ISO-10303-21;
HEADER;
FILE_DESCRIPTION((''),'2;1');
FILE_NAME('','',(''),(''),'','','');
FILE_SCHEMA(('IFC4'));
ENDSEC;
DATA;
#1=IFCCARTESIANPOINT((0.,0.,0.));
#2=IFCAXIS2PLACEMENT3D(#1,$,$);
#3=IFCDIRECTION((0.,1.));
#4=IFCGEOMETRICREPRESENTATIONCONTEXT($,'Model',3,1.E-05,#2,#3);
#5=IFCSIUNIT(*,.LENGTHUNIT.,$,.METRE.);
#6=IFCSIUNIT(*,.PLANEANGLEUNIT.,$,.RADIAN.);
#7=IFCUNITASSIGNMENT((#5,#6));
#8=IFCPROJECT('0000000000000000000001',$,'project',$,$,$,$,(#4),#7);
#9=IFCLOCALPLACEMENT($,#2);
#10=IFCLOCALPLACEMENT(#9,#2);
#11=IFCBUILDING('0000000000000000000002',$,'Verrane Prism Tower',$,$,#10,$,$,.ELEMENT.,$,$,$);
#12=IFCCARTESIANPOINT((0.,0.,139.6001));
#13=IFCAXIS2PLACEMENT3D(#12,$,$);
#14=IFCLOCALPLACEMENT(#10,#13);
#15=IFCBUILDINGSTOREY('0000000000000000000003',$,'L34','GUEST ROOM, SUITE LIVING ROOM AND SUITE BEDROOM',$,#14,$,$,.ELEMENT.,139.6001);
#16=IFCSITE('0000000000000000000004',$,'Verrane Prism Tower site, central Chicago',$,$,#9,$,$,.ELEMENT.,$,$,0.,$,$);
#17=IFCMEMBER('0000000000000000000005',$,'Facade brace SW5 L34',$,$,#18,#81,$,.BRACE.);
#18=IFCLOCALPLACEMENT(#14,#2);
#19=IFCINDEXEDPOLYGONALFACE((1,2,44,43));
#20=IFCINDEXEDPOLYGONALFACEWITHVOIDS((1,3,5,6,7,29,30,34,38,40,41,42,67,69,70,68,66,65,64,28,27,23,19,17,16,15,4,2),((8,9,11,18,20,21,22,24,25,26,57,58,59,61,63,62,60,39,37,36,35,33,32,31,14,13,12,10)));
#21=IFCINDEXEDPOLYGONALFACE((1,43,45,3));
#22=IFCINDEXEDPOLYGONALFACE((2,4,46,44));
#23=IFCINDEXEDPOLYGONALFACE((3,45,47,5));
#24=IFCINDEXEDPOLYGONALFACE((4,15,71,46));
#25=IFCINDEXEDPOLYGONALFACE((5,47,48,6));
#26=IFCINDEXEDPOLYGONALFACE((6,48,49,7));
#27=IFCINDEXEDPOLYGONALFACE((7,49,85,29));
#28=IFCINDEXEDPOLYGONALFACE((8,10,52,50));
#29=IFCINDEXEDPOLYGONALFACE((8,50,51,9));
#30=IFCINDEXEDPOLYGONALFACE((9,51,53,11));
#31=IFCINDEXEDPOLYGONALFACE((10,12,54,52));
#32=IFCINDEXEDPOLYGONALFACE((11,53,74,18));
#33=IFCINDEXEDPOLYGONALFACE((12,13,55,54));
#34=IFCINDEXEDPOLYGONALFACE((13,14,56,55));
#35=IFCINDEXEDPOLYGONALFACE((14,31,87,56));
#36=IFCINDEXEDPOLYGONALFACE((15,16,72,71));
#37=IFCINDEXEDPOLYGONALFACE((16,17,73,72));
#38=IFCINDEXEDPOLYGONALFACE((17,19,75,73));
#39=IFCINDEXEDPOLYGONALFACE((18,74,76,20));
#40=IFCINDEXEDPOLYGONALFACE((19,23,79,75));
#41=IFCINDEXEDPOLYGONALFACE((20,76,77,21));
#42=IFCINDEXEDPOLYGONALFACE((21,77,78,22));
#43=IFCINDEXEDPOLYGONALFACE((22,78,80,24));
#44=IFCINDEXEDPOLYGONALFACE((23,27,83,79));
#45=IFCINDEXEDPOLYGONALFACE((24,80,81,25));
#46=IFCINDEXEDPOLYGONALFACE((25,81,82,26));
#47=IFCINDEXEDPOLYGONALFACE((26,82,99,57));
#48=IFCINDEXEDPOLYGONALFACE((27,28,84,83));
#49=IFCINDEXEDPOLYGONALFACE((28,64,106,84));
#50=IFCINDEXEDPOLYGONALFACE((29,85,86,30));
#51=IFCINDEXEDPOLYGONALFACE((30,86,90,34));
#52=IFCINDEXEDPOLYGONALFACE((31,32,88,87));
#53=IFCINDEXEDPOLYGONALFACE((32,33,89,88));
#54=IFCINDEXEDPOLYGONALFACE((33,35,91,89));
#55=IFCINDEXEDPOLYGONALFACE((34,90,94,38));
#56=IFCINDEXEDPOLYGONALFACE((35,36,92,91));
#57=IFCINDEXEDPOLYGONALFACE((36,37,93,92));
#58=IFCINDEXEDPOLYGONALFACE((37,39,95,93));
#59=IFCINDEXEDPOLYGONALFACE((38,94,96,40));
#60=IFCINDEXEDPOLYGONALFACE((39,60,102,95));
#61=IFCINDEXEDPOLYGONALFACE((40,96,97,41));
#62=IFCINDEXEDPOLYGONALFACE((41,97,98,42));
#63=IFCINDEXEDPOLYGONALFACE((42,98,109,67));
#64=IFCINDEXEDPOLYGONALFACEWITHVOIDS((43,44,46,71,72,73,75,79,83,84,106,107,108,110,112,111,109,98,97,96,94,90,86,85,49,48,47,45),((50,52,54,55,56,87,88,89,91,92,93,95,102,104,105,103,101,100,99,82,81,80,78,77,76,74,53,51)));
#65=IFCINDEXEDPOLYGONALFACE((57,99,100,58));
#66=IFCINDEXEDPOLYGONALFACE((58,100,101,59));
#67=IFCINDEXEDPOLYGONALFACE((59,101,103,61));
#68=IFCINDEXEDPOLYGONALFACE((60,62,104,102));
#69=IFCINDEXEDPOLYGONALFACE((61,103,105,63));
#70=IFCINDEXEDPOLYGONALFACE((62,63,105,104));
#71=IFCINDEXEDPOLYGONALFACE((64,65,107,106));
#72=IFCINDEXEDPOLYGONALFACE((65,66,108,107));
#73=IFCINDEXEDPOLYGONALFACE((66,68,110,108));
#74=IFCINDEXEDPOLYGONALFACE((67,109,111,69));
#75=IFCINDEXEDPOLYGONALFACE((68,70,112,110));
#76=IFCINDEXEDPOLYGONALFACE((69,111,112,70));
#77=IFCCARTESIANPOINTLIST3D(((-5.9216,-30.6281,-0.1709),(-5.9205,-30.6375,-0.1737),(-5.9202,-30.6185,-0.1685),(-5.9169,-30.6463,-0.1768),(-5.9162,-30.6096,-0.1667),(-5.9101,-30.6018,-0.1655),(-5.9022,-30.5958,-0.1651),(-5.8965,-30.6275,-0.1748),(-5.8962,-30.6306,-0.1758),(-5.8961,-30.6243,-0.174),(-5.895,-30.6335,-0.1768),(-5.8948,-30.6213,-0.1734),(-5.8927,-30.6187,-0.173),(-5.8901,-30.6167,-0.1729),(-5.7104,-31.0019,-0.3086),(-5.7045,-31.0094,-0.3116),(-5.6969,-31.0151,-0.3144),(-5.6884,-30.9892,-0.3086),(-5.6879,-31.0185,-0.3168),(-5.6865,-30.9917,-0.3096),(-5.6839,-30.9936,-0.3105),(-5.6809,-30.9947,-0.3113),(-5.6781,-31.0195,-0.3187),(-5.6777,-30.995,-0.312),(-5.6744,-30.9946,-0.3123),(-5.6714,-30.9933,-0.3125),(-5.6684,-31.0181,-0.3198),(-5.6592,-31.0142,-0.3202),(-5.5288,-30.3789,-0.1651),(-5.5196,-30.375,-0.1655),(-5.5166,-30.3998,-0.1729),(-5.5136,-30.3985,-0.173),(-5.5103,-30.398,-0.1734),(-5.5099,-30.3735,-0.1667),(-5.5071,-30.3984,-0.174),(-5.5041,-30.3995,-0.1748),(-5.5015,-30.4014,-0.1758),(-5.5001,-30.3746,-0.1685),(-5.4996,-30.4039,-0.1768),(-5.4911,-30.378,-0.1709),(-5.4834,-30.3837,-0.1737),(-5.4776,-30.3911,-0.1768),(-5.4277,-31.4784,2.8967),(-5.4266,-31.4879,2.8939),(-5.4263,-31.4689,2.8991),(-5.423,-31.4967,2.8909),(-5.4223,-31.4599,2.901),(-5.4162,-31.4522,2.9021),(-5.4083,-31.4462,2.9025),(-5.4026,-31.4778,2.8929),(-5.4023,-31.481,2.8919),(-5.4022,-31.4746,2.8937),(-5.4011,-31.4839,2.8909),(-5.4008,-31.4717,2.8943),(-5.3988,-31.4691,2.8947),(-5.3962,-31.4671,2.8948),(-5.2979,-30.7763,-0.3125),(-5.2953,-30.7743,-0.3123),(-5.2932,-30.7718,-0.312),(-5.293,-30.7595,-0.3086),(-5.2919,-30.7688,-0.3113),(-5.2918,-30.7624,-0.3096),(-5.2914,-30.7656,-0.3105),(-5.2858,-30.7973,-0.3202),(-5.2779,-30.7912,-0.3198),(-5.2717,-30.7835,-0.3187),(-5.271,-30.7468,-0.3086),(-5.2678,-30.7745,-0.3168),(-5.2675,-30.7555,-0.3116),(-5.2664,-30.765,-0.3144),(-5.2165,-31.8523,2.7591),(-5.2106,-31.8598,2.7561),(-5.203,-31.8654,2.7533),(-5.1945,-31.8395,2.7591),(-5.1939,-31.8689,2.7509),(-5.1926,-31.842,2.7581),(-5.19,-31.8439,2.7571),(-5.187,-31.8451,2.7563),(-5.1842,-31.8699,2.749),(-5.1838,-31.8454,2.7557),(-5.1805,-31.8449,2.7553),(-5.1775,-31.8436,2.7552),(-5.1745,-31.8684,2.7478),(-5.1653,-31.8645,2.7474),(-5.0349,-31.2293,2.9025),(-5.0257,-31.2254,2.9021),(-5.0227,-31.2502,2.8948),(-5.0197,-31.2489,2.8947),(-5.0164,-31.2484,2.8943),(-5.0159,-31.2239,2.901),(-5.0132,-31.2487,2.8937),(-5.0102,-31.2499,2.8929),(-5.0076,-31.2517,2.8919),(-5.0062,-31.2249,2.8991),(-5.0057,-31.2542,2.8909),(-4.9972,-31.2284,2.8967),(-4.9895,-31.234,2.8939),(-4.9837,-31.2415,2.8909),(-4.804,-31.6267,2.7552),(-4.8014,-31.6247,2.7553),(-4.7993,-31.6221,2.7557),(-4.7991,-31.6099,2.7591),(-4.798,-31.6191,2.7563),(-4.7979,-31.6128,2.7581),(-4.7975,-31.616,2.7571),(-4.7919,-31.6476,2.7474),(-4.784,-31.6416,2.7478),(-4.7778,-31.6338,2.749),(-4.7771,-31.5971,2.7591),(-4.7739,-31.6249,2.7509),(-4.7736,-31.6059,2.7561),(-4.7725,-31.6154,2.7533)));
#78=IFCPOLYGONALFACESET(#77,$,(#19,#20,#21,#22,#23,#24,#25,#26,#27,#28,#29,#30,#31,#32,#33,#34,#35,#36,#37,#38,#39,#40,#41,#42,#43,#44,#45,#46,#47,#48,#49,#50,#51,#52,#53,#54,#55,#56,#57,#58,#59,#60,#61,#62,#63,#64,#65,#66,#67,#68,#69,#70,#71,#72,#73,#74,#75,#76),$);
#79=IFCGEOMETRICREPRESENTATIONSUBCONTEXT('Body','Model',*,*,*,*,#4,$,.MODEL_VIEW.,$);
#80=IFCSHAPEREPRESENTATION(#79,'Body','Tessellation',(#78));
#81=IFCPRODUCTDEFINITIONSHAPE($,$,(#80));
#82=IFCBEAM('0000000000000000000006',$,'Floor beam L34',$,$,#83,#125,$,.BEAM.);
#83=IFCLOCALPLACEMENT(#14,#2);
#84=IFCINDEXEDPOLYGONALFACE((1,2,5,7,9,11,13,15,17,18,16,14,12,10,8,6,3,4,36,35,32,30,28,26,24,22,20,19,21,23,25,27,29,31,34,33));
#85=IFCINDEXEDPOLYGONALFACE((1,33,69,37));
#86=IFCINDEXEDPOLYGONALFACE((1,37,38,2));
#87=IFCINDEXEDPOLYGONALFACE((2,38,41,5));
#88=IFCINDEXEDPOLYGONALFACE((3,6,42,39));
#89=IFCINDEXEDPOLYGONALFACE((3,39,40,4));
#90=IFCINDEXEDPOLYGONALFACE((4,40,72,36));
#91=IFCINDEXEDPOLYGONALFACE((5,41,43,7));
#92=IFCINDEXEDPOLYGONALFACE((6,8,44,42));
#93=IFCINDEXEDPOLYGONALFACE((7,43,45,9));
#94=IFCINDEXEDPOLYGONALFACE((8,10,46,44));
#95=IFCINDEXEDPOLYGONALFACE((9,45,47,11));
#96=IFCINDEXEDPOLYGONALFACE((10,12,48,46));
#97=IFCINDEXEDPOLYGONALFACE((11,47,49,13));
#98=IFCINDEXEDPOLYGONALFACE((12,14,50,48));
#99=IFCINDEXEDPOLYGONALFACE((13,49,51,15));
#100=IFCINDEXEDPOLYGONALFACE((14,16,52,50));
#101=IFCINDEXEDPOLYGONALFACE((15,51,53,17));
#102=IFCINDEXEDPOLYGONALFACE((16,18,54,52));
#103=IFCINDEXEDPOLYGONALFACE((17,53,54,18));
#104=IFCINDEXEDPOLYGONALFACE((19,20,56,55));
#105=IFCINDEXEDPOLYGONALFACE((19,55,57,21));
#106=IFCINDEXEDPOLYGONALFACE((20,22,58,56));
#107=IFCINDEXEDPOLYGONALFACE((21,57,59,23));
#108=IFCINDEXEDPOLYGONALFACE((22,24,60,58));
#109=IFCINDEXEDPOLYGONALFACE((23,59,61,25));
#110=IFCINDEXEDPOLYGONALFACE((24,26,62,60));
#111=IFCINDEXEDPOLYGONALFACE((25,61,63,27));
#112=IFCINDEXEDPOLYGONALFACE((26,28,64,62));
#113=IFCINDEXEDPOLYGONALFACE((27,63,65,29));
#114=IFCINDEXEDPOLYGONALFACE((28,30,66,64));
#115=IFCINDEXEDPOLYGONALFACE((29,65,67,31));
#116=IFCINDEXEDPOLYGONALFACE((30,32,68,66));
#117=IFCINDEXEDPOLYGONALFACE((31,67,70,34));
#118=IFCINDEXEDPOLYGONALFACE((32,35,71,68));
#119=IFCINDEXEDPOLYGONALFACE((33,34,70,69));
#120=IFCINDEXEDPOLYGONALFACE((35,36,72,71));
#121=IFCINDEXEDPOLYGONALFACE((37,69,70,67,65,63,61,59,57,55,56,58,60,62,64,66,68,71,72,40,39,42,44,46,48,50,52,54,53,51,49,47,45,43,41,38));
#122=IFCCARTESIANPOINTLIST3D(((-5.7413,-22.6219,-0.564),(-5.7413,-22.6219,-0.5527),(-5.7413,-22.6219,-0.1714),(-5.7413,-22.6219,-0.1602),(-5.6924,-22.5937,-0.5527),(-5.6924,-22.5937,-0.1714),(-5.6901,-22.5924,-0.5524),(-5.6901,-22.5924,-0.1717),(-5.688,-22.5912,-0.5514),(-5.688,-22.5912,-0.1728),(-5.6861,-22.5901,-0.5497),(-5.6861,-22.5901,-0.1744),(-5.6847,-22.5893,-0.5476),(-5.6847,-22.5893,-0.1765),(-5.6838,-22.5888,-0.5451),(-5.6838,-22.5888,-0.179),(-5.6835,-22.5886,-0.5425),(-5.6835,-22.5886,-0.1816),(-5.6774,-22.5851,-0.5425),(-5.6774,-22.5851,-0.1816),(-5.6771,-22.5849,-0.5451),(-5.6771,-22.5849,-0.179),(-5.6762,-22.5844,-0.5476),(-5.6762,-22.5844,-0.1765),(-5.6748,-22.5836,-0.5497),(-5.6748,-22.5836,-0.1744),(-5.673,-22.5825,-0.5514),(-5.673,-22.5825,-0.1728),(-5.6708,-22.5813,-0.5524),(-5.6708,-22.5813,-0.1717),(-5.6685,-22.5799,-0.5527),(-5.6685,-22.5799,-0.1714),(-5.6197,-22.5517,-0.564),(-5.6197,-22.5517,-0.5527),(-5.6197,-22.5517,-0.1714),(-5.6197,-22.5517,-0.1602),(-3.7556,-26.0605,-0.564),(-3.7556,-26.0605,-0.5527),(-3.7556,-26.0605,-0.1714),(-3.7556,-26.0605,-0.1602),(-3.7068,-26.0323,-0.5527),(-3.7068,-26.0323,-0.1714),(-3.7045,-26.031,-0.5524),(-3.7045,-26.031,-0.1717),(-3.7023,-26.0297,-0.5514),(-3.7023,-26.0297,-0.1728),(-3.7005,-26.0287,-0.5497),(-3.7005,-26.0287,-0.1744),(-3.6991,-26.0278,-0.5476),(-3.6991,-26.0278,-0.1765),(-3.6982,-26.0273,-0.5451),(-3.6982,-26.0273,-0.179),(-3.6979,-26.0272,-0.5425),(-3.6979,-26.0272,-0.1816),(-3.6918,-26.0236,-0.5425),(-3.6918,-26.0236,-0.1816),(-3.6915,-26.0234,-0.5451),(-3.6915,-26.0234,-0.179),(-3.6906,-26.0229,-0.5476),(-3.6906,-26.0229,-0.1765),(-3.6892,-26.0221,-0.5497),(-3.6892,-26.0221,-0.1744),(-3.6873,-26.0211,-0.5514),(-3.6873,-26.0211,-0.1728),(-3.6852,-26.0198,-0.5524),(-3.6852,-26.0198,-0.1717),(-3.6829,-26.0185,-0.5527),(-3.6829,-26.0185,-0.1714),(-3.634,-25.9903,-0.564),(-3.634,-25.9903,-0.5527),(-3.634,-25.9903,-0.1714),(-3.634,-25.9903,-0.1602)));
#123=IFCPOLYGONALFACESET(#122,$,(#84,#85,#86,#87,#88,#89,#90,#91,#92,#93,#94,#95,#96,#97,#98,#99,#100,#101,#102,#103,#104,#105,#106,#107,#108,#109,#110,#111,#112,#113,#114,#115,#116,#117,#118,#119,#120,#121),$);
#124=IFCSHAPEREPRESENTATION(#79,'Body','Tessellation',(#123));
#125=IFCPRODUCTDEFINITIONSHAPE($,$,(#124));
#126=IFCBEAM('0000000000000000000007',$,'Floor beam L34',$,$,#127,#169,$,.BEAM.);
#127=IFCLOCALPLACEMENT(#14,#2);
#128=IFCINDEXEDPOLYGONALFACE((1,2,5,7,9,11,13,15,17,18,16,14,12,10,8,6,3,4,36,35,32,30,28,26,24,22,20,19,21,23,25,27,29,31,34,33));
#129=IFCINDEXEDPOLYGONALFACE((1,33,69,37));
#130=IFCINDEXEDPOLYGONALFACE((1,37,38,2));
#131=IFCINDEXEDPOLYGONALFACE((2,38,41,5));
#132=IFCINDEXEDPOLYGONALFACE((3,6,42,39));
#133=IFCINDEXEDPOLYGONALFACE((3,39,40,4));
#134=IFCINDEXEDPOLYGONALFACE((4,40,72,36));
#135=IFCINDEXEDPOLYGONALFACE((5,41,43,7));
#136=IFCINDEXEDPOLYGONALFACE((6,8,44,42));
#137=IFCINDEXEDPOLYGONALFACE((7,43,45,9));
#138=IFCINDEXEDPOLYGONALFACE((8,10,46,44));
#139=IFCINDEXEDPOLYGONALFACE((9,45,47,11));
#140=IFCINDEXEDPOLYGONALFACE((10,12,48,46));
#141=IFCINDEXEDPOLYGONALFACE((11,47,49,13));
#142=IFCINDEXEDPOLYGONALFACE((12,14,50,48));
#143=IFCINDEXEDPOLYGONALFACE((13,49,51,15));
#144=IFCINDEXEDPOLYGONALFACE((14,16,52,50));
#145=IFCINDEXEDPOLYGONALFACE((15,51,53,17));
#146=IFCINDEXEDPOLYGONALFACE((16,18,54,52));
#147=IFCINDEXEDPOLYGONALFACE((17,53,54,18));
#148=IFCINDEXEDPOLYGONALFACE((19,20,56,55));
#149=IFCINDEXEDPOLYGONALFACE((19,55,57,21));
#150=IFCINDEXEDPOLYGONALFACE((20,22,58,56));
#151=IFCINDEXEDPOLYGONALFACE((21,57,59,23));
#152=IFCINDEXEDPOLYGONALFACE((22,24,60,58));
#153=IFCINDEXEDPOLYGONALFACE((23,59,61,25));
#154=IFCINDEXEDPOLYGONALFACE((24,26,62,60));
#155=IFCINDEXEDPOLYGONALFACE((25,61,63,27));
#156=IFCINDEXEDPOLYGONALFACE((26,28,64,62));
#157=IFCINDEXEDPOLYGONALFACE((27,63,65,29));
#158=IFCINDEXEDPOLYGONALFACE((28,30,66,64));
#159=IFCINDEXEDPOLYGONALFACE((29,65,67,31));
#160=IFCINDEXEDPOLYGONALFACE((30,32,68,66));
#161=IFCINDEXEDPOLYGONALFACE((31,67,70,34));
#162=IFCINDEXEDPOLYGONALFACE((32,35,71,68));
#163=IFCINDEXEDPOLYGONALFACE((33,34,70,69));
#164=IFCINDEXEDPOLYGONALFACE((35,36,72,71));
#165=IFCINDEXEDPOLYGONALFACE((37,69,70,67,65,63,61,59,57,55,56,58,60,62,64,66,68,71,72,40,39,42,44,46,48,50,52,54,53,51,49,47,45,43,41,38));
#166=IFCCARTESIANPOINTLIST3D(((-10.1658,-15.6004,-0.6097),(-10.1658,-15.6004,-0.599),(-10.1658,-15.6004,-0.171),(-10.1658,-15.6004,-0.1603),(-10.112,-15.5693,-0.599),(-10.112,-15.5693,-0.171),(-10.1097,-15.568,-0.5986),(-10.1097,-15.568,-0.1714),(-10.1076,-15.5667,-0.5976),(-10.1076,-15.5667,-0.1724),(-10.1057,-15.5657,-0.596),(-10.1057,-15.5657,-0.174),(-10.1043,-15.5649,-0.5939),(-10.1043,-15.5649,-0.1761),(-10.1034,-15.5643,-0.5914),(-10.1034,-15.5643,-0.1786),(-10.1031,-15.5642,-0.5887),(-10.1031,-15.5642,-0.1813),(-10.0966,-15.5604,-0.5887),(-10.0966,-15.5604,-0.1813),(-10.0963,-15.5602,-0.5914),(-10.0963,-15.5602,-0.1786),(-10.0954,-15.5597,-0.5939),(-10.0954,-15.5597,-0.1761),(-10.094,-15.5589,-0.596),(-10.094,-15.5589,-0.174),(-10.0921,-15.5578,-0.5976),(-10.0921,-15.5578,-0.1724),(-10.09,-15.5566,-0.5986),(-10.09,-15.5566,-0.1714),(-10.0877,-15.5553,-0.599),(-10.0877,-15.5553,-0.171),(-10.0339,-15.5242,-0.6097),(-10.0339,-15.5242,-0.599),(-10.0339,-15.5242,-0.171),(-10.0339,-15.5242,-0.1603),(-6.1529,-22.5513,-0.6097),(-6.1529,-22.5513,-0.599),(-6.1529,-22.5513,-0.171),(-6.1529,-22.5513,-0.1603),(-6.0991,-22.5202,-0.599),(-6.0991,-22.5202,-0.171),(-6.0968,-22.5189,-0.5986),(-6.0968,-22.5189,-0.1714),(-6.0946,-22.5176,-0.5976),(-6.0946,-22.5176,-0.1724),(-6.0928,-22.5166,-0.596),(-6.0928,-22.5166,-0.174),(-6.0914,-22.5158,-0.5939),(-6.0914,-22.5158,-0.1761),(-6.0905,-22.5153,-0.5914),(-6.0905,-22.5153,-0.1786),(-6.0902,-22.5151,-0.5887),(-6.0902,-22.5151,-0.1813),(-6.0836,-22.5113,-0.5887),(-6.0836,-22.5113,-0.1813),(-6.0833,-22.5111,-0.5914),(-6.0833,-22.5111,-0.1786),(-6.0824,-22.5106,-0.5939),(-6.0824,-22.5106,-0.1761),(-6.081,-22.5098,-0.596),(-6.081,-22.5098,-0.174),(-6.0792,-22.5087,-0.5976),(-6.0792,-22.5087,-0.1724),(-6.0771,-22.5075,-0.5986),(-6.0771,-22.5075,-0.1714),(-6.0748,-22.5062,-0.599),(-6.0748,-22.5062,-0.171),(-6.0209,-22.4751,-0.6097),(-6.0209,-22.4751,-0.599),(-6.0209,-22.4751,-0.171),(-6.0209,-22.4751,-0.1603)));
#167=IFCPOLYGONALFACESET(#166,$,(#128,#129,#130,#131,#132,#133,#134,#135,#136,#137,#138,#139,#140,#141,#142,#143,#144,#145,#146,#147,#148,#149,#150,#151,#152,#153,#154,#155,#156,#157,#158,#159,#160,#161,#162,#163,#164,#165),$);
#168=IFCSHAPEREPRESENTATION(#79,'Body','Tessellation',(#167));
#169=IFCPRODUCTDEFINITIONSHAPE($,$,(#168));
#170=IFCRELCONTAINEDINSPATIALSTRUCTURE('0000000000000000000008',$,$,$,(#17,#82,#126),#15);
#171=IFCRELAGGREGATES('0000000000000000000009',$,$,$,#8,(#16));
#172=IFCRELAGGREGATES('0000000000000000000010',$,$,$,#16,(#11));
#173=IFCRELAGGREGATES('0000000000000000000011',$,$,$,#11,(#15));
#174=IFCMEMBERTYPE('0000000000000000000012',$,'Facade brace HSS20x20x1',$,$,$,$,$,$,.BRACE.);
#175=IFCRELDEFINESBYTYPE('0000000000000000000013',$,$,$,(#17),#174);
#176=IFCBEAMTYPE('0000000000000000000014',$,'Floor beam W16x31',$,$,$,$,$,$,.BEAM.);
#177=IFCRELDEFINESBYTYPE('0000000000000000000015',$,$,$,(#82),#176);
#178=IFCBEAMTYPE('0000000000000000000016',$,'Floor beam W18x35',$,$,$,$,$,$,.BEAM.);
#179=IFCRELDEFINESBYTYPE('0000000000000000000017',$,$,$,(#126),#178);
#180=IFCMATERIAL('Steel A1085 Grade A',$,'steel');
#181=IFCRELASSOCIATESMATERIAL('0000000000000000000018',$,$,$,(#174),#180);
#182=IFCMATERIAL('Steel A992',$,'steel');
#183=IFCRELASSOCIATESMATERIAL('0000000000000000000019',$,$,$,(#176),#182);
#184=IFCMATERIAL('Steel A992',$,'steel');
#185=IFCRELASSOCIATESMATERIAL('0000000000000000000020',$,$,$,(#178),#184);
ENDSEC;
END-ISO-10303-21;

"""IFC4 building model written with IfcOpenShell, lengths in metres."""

from ifc_helpers import new_model, si_unit, direction, frame, origin, origin_2d, place, context, subcontext, project, spatial, hollow_rectangle, i_section, extrude, material, material_profile, profile_set, type_object, element, save


model = new_model("IFC4")

# Units and contexts
model_context = context("Model", 3, precision=1e-05, world=origin(), true_north=direction((0.0, 1.0)))
body_context = subcontext(model_context, "Body", "Model", "MODEL_VIEW")
ifc_project = project(units=[si_unit("LENGTHUNIT", "METRE"), si_unit("PLANEANGLEUNIT", "RADIAN")], contexts=[model_context])

# Site, building, storey
site_placement = place(None, origin())
site = spatial("IfcSite", under=ifc_project, at=site_placement, Name="Verrane Prism Tower site, central Chicago", CompositionType="ELEMENT", RefElevation=0.0)
building_placement = place(site_placement, origin())
building = spatial("IfcBuilding", under=site, at=building_placement, Name="Verrane Prism Tower", CompositionType="ELEMENT")
storey_placement = place(building_placement, frame((0.0, 0.0, 139.6001)))
storey = spatial("IfcBuildingStorey", under=building, at=storey_placement, Name="L34", Description="GUEST ROOM, SUITE LIVING ROOM AND SUITE BEDROOM", CompositionType="ELEMENT", Elevation=139.6001)

# Member
ifc_material_1 = material(Name="Steel A1085 Grade A", Category="steel")
ifc_material_profile_1 = material_profile(ifc_material_1, hollow_rectangle(XDim=0.5081, YDim=0.5081, WallThickness=0.0254, InnerFilletRadius=0.0127, OuterFilletRadius=0.0381, at=origin_2d()), Name="HSS20x20x1")
ifc_profile_set_1 = profile_set([ifc_material_profile_1], Name="Steel A1085 Grade A")
member_type_1 = type_object("IfcMemberType", Name="Facade brace HSS20x20x1", PredefinedType="BRACE", material=ifc_profile_set_1)
member_1_placement = place(storey_placement, frame((-5.594, -30.6965, -0.2427), z_axis=(0.153318, -0.263967, 0.952268), x_axis=(0.864723, 0.502249, 0.0)))
element("IfcMember", 1, at=member_1_placement, inside=storey, type_object=member_type_1, Name="Facade brace SW5 L34", PredefinedType="BRACE", context=body_context, shape_type="SweptSolid", body=[
    extrude(hollow_rectangle(XDim=0.5081, YDim=0.5081, WallThickness=0.0254, InnerFilletRadius=0.0127, OuterFilletRadius=0.0381, at=origin_2d()), origin(), (0.0, 0.0, 1.0), 3.2214),
])

# Beams
ifc_material_2 = material(Name="Steel A992", Category="steel")
ifc_material_profile_2 = material_profile(ifc_material_2, i_section(OverallWidth=0.1404, OverallDepth=0.4038, WebThickness=0.0071, FlangeThickness=0.0112, FilletRadius=0.0103, at=origin_2d()), Name="W16x31")
ifc_profile_set_2 = profile_set([ifc_material_profile_2], Name="Steel A992")
beam_type_1 = type_object("IfcBeamType", Name="Floor beam W16x31", PredefinedType="BEAM", material=ifc_profile_set_2)
beam_1_placement = place(storey_placement, frame((-3.6948, -26.0254, -0.3621), z_axis=(-0.500074, 0.865983, 0.0), x_axis=(-0.865983, -0.500074, 0.0)))
element("IfcBeam", 2, at=beam_1_placement, inside=storey, type_object=beam_type_1, Name="Floor beam L34", PredefinedType="BEAM", context=body_context, shape_type="SweptSolid", body=[
    extrude(i_section(OverallWidth=0.1404, OverallDepth=0.4038, WebThickness=0.0071, FlangeThickness=0.0112, FilletRadius=0.0103, at=origin_2d()), origin(), (0.0, 0.0, 1.0), 3.9707),
])
ifc_material_3 = material(Name="Steel A992", Category="steel")
ifc_material_profile_3 = material_profile(ifc_material_3, i_section(OverallWidth=0.1523, OverallDepth=0.4495, WebThickness=0.0076, FlangeThickness=0.0107, FilletRadius=0.0103, at=origin_2d()), Name="W18x35")
ifc_profile_set_3 = profile_set([ifc_material_profile_3], Name="Steel A992")
beam_type_2 = type_object("IfcBeamType", Name="Floor beam W18x35", PredefinedType="BEAM", material=ifc_profile_set_3)
beam_2_placement = place(storey_placement, frame((-6.0869, -22.5132, -0.385), z_axis=(-0.499983, 0.866035, 0.0), x_axis=(-0.866035, -0.499983, 0.0)))
element("IfcBeam", 3, at=beam_2_placement, inside=storey, type_object=beam_type_2, Name="Floor beam L34", PredefinedType="BEAM", context=body_context, shape_type="SweptSolid", body=[
    extrude(i_section(OverallWidth=0.1523, OverallDepth=0.4495, WebThickness=0.0076, FlangeThickness=0.0107, FilletRadius=0.0103, at=origin_2d()), origin(), (0.0, 0.0, 1.0), 8.0261),
])

save(model, "model.ifc")
